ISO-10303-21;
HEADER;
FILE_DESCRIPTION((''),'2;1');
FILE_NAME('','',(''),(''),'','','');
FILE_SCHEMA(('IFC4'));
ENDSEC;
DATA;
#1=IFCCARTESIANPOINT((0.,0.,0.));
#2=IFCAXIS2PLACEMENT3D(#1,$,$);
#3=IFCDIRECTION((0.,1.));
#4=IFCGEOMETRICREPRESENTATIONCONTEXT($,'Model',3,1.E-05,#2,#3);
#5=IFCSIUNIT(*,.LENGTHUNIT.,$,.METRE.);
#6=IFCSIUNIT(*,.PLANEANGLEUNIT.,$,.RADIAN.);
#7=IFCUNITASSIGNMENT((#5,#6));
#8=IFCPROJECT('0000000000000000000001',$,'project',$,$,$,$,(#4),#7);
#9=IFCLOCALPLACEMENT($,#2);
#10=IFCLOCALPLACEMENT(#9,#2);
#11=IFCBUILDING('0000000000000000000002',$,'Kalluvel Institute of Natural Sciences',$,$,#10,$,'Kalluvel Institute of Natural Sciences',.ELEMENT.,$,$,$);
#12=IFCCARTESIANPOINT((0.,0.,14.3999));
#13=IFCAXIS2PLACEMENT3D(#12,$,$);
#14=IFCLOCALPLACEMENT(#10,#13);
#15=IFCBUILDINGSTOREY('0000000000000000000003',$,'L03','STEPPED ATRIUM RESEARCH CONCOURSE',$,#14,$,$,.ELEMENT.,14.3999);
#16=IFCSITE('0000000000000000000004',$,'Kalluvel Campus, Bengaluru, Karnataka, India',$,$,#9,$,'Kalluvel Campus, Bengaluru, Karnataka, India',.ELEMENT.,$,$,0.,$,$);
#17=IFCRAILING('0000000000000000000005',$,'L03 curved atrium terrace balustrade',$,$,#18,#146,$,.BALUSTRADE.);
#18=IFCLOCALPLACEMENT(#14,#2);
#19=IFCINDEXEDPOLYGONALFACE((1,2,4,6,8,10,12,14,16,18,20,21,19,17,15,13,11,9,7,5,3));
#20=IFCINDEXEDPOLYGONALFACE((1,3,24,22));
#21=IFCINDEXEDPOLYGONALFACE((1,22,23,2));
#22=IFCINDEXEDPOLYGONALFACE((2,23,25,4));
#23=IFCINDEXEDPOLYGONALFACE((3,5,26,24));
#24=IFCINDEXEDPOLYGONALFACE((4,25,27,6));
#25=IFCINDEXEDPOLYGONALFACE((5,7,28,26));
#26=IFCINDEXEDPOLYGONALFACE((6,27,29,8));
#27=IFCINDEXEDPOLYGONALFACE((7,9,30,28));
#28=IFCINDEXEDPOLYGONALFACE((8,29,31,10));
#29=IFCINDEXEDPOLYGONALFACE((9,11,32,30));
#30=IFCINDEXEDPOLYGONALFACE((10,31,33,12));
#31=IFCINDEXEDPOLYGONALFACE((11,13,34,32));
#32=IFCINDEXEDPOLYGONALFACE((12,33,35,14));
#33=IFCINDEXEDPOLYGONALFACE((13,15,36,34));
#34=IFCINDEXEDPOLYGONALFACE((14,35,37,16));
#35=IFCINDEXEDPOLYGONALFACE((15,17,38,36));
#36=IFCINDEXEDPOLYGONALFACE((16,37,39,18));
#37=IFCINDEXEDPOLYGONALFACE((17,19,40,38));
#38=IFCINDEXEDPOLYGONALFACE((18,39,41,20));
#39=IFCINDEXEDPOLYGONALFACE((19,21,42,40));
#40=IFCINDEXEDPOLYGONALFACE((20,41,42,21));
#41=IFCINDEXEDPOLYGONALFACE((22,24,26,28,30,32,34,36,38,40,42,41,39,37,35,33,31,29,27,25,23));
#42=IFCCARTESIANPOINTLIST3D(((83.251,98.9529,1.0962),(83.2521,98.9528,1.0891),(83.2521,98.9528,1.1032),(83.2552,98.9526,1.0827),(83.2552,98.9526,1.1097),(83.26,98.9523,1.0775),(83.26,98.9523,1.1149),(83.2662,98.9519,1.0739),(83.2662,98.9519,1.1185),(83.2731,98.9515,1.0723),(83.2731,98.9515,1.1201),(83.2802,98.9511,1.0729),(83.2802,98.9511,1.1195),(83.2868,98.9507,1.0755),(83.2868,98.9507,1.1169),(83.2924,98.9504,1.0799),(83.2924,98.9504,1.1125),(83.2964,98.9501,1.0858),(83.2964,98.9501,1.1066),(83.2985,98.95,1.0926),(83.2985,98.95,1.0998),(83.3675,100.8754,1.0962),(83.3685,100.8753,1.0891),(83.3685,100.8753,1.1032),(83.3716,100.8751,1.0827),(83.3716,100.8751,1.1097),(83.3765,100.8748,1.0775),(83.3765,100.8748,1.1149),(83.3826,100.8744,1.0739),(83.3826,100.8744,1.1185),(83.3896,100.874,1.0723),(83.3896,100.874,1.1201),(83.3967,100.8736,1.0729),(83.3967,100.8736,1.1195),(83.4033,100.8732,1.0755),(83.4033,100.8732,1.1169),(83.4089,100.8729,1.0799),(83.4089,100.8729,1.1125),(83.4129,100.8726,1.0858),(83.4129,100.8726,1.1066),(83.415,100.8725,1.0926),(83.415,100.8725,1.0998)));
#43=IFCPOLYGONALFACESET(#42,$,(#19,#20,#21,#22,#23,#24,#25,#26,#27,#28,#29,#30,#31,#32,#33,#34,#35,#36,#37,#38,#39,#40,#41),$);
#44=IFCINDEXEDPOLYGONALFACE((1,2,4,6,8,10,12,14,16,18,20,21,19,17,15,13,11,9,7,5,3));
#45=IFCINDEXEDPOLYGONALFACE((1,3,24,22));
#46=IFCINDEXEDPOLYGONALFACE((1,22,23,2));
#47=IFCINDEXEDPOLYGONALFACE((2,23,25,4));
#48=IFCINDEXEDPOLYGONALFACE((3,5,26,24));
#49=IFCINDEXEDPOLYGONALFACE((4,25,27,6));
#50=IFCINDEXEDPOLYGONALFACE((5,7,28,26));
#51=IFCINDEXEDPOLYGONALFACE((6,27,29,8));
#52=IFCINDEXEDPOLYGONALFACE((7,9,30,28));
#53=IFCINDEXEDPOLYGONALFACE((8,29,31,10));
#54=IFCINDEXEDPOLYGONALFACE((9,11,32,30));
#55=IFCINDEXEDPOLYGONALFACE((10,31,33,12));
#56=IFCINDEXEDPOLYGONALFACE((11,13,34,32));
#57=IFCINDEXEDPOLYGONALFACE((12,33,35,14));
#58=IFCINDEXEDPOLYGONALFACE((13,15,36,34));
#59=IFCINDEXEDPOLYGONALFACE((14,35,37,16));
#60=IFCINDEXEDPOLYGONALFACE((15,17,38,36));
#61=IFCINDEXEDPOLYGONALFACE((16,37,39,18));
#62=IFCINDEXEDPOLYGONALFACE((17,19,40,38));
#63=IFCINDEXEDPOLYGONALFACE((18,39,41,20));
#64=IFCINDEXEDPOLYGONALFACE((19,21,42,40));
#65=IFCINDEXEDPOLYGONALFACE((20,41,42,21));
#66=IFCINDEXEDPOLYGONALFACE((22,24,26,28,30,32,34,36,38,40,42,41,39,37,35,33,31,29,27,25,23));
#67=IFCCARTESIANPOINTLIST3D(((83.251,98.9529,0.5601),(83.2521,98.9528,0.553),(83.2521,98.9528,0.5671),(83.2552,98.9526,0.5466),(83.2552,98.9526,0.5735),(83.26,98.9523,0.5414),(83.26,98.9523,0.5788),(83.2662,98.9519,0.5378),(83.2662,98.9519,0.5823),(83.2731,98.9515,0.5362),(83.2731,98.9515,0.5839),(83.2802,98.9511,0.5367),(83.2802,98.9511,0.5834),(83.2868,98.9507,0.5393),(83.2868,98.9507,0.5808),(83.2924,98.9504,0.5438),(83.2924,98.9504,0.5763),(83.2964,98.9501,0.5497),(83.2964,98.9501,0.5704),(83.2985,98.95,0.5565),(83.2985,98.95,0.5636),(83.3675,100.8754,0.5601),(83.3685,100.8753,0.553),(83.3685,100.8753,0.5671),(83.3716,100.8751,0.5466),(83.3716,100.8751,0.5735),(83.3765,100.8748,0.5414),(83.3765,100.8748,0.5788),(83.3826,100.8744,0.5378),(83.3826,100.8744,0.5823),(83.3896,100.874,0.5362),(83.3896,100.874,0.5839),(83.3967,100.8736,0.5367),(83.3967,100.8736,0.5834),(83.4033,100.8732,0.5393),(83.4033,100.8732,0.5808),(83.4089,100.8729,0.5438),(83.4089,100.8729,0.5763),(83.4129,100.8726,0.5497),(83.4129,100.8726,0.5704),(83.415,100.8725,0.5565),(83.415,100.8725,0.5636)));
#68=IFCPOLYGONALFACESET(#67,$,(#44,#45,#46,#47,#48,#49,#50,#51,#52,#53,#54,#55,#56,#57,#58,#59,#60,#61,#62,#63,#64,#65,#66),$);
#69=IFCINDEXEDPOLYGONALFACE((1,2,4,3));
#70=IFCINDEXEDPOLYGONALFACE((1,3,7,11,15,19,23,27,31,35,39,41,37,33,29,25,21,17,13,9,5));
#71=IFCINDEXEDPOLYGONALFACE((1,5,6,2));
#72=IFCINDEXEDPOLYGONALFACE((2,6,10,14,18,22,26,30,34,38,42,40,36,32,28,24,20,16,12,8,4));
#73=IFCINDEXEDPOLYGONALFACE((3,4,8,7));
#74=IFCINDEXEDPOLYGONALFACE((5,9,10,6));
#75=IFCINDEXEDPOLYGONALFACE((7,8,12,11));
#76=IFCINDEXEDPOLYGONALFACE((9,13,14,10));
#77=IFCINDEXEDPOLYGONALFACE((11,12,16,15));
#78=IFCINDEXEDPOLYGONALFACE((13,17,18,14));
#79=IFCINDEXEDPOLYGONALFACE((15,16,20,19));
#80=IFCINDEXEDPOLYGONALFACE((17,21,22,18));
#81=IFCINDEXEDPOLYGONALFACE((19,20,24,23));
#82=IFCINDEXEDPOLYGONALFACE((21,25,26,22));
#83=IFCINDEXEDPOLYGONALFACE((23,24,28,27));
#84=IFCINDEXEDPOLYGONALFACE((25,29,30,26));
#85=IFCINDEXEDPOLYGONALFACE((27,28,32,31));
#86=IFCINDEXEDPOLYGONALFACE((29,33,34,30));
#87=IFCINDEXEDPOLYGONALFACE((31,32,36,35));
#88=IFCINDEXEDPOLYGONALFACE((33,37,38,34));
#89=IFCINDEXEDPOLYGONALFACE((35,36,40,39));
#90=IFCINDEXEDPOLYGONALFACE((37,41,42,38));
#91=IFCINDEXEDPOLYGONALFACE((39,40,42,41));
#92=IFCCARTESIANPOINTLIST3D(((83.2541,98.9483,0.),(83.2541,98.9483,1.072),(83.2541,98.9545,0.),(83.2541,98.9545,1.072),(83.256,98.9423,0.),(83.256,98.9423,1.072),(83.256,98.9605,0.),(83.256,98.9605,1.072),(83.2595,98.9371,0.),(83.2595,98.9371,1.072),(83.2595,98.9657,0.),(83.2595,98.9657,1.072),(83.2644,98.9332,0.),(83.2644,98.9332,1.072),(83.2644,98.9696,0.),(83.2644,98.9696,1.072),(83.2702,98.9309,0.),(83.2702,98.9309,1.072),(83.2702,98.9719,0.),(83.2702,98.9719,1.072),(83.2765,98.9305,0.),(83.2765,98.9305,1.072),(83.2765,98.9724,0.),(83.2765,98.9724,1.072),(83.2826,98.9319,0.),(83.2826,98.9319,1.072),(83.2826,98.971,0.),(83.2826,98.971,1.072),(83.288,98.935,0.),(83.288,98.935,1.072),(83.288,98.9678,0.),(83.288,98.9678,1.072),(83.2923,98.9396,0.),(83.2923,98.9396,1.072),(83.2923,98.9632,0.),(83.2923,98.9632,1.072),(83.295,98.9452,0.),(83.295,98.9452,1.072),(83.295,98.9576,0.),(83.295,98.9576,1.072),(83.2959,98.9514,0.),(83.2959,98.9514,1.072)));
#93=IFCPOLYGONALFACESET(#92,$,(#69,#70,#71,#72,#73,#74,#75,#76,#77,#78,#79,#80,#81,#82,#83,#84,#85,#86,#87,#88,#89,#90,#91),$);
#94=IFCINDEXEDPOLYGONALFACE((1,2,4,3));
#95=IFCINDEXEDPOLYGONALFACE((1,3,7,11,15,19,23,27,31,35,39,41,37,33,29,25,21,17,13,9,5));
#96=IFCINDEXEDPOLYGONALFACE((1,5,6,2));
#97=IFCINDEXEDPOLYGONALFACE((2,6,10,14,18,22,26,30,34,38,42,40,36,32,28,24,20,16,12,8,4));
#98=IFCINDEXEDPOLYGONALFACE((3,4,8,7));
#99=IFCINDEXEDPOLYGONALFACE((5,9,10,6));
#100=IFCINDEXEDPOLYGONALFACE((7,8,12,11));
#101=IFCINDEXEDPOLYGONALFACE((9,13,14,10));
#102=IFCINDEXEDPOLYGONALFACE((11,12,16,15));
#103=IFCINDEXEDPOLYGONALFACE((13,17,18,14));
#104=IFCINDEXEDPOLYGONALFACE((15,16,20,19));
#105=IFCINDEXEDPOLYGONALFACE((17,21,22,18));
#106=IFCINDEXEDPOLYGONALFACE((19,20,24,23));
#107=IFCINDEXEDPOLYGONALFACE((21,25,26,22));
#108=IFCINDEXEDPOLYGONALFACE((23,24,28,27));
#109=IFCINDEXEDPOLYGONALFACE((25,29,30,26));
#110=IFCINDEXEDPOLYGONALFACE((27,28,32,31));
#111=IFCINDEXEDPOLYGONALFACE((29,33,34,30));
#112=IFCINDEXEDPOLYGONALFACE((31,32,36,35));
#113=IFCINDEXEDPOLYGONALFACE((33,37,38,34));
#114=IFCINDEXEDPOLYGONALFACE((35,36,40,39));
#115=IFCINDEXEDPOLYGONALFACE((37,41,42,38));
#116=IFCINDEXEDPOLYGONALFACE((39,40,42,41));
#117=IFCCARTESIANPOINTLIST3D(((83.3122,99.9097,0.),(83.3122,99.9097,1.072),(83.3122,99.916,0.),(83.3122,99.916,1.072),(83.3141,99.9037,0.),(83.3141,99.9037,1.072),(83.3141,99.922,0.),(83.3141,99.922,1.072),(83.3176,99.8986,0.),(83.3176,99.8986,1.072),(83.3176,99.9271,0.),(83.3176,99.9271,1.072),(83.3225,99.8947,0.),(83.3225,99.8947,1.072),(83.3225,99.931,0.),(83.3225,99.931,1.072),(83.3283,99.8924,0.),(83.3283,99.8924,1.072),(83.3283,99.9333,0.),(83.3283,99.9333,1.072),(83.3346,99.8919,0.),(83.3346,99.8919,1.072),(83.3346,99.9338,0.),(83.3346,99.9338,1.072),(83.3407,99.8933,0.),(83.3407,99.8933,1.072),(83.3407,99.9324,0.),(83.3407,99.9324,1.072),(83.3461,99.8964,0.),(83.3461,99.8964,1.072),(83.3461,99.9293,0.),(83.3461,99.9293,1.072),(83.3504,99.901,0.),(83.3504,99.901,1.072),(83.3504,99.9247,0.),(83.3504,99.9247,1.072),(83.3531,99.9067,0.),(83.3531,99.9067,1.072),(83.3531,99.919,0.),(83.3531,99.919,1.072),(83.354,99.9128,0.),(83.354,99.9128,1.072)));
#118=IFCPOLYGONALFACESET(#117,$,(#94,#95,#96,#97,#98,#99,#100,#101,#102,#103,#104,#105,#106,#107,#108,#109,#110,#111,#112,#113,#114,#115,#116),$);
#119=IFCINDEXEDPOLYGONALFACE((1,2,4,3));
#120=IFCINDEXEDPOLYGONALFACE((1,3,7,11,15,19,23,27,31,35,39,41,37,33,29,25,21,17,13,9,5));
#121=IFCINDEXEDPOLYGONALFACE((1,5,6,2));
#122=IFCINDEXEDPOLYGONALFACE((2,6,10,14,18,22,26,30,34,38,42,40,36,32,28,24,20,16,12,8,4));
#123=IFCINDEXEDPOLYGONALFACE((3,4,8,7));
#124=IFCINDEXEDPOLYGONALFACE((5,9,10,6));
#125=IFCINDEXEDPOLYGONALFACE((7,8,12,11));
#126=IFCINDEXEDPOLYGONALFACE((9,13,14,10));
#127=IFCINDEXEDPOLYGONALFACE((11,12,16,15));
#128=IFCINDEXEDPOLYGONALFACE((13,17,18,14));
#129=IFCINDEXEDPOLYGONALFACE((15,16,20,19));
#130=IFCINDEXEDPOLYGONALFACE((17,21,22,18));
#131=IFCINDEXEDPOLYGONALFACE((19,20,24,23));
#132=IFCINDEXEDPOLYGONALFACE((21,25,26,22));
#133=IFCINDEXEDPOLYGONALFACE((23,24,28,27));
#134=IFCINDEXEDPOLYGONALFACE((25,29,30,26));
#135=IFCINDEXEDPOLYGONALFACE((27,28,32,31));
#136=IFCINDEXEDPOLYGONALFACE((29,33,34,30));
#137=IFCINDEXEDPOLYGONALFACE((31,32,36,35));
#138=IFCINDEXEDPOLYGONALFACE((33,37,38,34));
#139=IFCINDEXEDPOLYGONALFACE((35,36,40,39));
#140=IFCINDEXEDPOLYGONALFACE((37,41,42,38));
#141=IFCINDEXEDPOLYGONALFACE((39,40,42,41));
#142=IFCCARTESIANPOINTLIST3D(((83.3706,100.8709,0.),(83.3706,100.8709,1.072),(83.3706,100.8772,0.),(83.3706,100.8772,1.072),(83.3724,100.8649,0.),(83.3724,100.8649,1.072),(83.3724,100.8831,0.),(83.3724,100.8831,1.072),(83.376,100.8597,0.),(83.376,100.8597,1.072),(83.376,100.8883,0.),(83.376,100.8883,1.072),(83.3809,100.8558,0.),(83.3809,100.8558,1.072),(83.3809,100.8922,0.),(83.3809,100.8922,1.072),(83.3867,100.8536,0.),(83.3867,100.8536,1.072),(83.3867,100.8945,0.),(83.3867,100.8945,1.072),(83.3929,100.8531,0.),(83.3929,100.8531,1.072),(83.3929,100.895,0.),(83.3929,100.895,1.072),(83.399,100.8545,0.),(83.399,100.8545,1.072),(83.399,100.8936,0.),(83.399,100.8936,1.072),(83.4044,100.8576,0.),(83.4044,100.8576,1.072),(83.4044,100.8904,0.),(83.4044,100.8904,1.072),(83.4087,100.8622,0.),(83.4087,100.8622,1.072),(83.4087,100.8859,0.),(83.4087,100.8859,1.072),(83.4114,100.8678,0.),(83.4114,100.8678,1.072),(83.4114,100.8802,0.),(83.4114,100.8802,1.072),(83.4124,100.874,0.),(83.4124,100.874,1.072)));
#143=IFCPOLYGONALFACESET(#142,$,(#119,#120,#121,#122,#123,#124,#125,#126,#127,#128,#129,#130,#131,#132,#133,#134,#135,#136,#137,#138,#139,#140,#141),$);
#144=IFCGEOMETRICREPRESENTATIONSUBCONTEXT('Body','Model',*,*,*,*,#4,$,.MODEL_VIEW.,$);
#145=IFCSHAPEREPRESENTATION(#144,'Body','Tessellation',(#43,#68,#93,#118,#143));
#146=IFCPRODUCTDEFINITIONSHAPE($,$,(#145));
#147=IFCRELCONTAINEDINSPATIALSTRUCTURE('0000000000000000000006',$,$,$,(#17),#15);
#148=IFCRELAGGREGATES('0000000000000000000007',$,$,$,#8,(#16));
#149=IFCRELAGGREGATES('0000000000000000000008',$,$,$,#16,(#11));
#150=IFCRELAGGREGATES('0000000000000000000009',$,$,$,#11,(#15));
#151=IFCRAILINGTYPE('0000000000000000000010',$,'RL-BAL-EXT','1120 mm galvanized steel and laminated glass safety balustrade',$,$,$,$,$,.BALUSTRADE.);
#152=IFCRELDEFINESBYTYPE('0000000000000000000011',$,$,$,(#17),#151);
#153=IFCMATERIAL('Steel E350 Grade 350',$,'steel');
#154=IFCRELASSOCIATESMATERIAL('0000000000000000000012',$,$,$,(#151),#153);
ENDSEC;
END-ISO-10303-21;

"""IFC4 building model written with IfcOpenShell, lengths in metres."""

from ifc_helpers import new_model, si_unit, direction, frame, origin, origin_2d, place, context, subcontext, project, spatial, circle, extrude, material, type_object, element, save


model = new_model("IFC4")

# Units and contexts
model_context = context("Model", 3, precision=1e-05, world=origin(), true_north=direction((0.0, 1.0)))
body_context = subcontext(model_context, "Body", "Model", "MODEL_VIEW")
ifc_project = project(units=[si_unit("LENGTHUNIT", "METRE"), si_unit("PLANEANGLEUNIT", "RADIAN")], contexts=[model_context])

# Site, building, storey
site_placement = place(None, origin())
site = spatial("IfcSite", under=ifc_project, at=site_placement, Name="Kalluvel Campus, Bengaluru, Karnataka, India", LongName="Kalluvel Campus, Bengaluru, Karnataka, India", CompositionType="ELEMENT", RefElevation=0.0)
building_placement = place(site_placement, origin())
building = spatial("IfcBuilding", under=site, at=building_placement, Name="Kalluvel Institute of Natural Sciences", LongName="Kalluvel Institute of Natural Sciences", CompositionType="ELEMENT")
storey_placement = place(building_placement, frame((0.0, 0.0, 14.3999)))
storey = spatial("IfcBuildingStorey", under=building, at=storey_placement, Name="L03", Description="STEPPED ATRIUM RESEARCH CONCOURSE", CompositionType="ELEMENT", Elevation=14.3999)

# Railing
ifc_material_1 = material(Name="Steel E350 Grade 350", Category="steel")
railing_type = type_object("IfcRailingType", Name="RL-BAL-EXT", Description="1120 mm galvanized steel and laminated glass safety balustrade", PredefinedType="BALUSTRADE", material=ifc_material_1)
railing_1_placement = place(storey_placement, frame((83.2749, 98.9514, 0.0)))
element("IfcRailing", 1, at=railing_1_placement, inside=storey, type_object=railing_type, Name="L03 curved atrium terrace balustrade", PredefinedType="BALUSTRADE", context=body_context, shape_type="SweptSolid", body=[
    extrude(circle(Radius=0.0239, at=origin_2d()), frame((0.0, 0.0, 1.0962), z_axis=(0.060461, 0.998171, 0.0), x_axis=(-0.998171, 0.060461, 0.0)), (0.0, 0.0, 1.0), 1.926),
    extrude(circle(Radius=0.0239, at=origin_2d()), frame((0.0, 0.0, 0.5601), z_axis=(0.060461, 0.998171, 0.0), x_axis=(-0.998171, 0.060461, 0.0)), (0.0, 0.0, 1.0), 1.926),
    extrude(circle(Radius=0.021, at=origin_2d()), origin(), (0.0, 0.0, 1.0), 1.072),
    extrude(circle(Radius=0.021, at=origin_2d()), frame((0.0581, 0.9614, 0.0)), (0.0, 0.0, 1.0), 1.072),
    extrude(circle(Radius=0.021, at=origin_2d()), frame((0.1165, 1.9226, 0.0)), (0.0, 0.0, 1.0), 1.072),
])

save(model, "model.ifc")
